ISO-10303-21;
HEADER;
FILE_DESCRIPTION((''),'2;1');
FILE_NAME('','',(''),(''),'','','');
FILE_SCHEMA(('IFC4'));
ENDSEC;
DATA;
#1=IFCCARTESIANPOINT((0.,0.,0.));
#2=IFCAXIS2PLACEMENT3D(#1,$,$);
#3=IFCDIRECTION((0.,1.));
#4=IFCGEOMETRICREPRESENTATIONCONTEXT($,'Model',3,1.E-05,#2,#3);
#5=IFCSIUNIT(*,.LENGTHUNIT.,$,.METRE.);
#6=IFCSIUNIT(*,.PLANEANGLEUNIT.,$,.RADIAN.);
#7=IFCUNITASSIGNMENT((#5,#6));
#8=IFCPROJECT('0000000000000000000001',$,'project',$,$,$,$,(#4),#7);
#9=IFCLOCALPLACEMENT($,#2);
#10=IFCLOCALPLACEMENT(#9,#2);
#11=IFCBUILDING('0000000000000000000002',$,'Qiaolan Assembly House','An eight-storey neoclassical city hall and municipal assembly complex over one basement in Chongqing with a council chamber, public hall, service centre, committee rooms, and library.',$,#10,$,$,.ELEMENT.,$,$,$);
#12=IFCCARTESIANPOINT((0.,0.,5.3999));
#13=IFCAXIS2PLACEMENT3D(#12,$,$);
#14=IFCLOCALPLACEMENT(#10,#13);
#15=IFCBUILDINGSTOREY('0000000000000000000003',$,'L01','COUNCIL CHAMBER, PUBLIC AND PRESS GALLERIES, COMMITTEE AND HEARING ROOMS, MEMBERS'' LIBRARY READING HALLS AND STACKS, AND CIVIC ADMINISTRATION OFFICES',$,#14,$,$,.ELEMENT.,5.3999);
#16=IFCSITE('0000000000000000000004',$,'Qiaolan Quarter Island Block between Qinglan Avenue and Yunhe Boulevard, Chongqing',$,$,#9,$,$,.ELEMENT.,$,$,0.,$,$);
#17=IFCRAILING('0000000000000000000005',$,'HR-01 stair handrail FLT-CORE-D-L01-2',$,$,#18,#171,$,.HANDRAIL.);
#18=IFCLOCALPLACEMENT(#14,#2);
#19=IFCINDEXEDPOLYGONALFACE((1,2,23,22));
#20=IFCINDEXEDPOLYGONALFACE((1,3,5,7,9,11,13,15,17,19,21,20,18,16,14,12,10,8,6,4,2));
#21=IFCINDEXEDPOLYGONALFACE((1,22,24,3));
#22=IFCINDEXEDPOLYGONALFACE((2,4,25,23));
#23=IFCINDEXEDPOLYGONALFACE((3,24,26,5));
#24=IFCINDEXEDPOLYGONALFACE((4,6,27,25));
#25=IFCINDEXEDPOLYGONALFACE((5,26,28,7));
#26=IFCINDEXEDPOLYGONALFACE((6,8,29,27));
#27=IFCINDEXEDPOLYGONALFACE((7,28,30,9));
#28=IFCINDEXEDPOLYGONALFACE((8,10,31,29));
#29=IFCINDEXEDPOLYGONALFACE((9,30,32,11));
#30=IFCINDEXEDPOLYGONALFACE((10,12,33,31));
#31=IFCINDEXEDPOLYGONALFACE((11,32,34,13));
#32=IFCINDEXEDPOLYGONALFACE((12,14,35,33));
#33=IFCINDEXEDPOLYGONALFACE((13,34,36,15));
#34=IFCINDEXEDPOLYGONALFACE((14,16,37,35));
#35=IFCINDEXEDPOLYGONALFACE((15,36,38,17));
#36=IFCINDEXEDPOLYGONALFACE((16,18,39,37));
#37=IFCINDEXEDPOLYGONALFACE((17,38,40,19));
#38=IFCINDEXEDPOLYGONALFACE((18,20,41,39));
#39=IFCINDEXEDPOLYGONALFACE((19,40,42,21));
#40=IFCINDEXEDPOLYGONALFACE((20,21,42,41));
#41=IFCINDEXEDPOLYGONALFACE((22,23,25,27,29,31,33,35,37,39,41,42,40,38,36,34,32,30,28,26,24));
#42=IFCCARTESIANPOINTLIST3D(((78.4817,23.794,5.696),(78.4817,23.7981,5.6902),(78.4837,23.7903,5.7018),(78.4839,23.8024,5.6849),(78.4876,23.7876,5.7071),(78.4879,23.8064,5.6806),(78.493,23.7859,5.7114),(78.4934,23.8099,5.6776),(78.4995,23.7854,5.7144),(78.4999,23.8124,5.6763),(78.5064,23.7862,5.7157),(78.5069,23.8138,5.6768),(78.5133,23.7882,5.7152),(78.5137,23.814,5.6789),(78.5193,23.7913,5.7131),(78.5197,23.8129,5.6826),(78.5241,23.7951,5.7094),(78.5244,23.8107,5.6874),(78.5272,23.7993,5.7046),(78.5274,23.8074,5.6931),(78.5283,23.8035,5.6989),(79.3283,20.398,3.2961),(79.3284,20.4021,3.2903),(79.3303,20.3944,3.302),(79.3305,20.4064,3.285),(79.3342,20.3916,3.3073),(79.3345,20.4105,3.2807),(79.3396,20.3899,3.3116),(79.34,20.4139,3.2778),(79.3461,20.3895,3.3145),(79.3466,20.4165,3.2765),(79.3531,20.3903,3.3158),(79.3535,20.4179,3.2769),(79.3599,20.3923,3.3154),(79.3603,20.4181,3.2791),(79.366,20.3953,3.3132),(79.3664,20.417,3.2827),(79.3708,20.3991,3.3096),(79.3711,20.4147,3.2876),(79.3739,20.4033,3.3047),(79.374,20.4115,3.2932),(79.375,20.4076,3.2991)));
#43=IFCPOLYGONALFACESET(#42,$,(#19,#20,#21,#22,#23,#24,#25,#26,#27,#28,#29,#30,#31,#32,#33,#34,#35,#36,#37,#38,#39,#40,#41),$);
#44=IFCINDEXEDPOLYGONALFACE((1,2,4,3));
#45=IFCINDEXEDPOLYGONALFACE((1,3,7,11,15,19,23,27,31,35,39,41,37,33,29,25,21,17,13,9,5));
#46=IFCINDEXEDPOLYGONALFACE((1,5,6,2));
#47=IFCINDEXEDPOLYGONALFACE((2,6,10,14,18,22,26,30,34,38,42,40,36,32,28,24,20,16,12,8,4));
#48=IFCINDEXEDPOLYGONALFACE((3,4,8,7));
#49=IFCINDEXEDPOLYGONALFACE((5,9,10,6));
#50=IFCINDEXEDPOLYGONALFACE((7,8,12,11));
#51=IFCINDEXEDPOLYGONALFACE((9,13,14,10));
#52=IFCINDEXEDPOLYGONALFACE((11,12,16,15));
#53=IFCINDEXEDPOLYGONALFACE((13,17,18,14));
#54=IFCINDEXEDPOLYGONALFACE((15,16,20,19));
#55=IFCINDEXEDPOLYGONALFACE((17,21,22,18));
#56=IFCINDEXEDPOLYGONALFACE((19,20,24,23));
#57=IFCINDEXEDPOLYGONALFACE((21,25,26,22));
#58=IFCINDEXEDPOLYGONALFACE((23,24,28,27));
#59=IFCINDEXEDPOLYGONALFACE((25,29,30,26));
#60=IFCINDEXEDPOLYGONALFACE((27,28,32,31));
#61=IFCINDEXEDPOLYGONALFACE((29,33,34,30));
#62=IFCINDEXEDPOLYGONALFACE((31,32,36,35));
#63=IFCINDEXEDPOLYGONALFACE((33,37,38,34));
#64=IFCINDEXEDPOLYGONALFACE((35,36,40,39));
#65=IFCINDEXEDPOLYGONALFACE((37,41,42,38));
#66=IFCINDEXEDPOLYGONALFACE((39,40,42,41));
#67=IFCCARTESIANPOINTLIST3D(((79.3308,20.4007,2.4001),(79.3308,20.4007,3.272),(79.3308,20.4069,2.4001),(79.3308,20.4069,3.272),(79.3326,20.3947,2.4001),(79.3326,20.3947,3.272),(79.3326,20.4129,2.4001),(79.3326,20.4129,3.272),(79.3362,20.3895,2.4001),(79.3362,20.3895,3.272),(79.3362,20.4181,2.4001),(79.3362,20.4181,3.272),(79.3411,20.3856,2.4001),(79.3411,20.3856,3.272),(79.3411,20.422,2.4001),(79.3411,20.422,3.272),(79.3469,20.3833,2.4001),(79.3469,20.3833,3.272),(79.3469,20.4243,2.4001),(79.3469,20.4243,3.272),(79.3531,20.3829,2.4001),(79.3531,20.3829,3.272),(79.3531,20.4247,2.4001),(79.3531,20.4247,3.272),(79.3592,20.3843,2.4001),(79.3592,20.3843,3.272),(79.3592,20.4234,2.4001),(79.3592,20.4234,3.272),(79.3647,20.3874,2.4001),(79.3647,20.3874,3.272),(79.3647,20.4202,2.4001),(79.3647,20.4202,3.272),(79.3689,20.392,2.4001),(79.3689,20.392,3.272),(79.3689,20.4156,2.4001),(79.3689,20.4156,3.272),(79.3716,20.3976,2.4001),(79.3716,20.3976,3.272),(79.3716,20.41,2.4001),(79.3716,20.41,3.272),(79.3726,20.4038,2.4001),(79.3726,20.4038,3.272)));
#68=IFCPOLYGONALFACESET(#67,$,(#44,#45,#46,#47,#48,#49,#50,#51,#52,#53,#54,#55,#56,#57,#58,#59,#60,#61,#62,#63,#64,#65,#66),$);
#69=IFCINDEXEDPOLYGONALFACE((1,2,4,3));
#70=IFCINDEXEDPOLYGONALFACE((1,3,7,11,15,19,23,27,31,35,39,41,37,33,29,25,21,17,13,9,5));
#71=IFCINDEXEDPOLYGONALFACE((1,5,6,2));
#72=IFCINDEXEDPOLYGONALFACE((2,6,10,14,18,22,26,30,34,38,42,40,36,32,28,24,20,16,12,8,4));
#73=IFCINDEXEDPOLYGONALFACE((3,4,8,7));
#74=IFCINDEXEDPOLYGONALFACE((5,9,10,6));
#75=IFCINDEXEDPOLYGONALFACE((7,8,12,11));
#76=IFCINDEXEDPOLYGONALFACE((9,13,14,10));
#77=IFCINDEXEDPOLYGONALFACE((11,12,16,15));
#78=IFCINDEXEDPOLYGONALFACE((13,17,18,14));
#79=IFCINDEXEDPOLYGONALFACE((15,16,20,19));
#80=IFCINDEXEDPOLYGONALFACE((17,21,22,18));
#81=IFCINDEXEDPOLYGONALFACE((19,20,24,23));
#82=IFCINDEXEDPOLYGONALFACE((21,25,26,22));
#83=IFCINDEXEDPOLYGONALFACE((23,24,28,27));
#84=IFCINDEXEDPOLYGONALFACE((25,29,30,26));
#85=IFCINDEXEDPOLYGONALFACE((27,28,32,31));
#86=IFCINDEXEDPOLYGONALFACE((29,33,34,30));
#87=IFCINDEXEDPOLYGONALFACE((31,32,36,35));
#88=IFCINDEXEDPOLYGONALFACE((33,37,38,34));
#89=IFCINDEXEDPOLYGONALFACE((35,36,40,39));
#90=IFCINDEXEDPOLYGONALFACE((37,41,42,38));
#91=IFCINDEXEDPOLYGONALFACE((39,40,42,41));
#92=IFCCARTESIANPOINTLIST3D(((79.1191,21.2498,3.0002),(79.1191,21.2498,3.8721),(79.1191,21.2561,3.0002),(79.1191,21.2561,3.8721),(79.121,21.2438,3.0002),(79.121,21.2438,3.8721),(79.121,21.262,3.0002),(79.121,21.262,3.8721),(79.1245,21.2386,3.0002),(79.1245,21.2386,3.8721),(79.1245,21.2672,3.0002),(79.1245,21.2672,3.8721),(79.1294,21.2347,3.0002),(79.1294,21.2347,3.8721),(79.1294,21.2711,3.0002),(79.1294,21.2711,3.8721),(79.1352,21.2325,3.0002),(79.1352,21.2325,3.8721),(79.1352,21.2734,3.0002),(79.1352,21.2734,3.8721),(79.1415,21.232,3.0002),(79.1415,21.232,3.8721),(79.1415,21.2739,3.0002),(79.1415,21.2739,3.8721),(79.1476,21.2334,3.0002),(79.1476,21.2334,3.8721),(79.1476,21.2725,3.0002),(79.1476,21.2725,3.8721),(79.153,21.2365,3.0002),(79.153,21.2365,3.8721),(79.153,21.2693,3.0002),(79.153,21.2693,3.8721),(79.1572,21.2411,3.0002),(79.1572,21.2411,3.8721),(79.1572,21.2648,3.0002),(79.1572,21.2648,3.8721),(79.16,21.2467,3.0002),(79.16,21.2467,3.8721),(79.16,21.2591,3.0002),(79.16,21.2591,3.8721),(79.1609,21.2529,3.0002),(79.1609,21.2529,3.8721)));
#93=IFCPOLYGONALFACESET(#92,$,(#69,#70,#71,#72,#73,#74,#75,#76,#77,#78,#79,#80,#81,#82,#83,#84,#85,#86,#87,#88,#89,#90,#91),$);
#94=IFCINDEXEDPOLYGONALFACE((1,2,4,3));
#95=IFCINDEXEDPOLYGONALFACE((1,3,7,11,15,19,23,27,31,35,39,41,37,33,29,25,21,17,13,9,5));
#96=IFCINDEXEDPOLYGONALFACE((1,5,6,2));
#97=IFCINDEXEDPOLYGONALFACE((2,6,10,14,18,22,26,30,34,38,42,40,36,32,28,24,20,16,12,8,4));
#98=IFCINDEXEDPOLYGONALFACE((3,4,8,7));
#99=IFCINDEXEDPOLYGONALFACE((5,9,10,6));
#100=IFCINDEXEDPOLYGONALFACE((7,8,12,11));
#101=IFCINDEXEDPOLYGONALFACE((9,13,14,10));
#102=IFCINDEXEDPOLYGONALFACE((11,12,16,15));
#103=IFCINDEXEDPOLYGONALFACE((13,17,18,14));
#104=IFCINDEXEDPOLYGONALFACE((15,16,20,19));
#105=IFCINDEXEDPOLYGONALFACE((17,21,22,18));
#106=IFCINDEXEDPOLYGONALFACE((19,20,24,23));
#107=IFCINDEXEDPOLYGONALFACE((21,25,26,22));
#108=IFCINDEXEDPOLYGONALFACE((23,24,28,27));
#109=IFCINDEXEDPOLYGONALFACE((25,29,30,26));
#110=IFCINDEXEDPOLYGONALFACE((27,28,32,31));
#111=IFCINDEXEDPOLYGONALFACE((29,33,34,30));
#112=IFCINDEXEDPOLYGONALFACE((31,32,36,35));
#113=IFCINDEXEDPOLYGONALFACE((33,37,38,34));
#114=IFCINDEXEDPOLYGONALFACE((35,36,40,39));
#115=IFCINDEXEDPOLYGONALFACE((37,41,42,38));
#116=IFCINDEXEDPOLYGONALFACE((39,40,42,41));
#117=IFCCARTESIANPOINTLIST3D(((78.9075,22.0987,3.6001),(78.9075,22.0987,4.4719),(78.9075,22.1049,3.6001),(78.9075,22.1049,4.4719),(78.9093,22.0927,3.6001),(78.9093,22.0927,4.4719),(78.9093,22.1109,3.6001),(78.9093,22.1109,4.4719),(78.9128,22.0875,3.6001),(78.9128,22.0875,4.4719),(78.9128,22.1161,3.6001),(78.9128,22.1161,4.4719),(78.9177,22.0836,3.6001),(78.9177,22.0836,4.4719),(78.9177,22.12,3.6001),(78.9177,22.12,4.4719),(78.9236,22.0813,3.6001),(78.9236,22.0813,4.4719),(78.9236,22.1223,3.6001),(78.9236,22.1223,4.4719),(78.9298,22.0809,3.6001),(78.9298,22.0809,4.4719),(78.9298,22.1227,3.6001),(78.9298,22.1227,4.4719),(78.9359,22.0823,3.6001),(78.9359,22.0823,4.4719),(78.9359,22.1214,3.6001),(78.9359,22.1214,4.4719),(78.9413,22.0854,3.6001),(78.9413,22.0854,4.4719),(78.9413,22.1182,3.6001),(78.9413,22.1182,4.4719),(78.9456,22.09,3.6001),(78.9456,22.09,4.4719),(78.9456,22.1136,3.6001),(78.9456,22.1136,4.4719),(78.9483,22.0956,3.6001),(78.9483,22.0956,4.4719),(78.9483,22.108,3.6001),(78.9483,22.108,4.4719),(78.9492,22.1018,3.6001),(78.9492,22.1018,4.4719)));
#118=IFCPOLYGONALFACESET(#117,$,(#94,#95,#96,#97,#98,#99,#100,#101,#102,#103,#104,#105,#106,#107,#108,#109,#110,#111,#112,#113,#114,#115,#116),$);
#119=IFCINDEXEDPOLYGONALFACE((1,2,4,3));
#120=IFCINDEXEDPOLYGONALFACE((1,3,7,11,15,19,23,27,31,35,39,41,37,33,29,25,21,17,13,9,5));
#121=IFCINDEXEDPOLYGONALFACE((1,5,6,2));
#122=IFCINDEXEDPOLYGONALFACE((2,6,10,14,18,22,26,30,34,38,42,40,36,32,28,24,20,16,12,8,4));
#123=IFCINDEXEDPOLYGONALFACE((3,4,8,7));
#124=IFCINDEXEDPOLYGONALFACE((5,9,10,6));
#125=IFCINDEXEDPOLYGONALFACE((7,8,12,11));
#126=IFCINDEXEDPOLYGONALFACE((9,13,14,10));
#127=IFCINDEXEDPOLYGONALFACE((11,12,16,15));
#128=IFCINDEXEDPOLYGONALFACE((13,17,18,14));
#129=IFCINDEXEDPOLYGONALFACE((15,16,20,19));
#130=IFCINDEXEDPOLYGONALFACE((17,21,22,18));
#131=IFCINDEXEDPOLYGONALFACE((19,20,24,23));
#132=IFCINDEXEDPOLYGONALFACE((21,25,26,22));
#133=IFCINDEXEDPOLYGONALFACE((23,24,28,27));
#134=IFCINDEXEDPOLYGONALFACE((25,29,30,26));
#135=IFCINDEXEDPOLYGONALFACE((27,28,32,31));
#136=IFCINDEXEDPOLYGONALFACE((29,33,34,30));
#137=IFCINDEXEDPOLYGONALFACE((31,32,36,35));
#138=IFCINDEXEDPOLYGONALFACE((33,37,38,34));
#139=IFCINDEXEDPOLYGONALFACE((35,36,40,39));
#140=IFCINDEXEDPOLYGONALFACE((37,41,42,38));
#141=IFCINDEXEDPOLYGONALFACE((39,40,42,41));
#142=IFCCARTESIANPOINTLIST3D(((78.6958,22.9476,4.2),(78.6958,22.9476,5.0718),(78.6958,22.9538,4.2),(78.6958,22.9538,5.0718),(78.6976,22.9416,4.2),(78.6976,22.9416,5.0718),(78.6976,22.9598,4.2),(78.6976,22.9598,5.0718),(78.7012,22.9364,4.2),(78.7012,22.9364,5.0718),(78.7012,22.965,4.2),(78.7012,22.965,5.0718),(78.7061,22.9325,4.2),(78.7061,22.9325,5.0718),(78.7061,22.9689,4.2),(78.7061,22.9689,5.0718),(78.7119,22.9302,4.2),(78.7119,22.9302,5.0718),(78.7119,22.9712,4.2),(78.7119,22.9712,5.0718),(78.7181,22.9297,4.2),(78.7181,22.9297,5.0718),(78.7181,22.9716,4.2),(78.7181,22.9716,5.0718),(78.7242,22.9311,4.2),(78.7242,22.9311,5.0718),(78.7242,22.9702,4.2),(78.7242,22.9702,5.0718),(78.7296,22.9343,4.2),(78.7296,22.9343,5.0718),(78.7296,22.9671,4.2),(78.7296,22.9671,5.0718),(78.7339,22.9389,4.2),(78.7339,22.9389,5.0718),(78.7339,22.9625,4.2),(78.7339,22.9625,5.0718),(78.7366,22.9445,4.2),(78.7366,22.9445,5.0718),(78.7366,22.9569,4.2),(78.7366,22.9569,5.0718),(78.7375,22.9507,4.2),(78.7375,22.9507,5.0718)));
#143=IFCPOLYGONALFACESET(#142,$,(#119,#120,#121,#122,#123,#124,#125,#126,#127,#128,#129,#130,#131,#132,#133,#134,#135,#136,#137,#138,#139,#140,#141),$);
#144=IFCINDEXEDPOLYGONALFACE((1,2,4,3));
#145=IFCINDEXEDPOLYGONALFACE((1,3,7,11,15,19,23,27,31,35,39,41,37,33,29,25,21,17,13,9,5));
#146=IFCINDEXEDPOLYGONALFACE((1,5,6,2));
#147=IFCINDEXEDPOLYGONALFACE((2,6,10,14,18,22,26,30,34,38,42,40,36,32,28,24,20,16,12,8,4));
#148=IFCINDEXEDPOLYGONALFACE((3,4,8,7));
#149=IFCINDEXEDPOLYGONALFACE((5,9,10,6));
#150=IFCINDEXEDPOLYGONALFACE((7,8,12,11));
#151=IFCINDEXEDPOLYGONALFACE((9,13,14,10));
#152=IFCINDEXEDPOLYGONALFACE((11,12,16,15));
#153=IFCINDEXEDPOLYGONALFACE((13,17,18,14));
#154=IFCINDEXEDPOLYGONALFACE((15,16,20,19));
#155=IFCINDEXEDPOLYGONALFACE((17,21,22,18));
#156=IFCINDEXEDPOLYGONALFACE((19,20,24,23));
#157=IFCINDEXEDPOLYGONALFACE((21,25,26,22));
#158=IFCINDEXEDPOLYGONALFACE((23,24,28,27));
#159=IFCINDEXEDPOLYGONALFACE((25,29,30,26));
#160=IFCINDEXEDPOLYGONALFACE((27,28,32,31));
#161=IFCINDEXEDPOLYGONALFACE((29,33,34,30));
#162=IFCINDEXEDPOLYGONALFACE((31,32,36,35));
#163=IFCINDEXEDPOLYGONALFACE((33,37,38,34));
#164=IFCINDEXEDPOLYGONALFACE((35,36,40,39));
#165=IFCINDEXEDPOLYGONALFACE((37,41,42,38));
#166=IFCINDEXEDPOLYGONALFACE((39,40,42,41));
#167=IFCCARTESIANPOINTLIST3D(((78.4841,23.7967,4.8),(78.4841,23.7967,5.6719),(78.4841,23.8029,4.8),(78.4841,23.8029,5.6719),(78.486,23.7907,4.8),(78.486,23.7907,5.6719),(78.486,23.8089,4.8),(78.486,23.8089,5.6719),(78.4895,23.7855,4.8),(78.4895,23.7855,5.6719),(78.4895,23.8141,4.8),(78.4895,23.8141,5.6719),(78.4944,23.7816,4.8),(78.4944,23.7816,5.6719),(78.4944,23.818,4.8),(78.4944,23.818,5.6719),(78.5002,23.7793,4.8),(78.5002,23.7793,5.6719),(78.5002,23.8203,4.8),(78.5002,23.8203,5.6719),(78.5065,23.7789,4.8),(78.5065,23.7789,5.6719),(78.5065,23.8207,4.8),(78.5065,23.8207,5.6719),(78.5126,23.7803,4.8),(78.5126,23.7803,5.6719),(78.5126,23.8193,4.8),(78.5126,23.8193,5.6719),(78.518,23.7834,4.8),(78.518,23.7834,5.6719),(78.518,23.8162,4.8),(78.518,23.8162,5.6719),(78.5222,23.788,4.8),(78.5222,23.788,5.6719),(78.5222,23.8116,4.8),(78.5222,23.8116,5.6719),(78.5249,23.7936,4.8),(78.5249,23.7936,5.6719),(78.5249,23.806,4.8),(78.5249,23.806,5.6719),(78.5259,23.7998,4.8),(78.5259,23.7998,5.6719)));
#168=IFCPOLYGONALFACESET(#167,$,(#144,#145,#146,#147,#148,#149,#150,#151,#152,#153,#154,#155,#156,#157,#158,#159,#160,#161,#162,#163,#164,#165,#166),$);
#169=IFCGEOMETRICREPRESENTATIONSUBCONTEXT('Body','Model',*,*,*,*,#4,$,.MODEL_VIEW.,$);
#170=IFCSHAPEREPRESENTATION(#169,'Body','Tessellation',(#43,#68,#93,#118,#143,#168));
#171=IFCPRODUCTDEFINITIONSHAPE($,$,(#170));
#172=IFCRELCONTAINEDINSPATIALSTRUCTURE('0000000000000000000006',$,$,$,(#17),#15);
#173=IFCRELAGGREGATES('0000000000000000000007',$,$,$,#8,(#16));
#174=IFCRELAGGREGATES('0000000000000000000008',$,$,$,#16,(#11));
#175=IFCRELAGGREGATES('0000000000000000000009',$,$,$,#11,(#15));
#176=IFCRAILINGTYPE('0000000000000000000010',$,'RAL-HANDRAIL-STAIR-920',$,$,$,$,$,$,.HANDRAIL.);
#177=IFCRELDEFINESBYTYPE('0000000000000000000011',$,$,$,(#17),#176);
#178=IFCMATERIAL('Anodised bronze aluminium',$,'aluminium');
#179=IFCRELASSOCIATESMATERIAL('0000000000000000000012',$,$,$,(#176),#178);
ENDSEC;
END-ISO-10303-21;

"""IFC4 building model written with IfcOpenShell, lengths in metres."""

from ifc_helpers import new_model, si_unit, direction, frame, origin, origin_2d, place, context, subcontext, project, spatial, circle, extrude, material, type_object, element, save


model = new_model("IFC4")

# Units and contexts
model_context = context("Model", 3, precision=1e-05, world=origin(), true_north=direction((0.0, 1.0)))
body_context = subcontext(model_context, "Body", "Model", "MODEL_VIEW")
ifc_project = project(units=[si_unit("LENGTHUNIT", "METRE"), si_unit("PLANEANGLEUNIT", "RADIAN")], contexts=[model_context])

# Site, building, storey
site_placement = place(None, origin())
site = spatial("IfcSite", under=ifc_project, at=site_placement, Name="Qiaolan Quarter Island Block between Qinglan Avenue and Yunhe Boulevard, Chongqing", CompositionType="ELEMENT", RefElevation=0.0)
building_placement = place(site_placement, origin())
building = spatial("IfcBuilding", under=site, at=building_placement, Name="Qiaolan Assembly House", Description="An eight-storey neoclassical city hall and municipal assembly complex over one basement in Chongqing with a council chamber, public hall, service centre, committee rooms, and library.", CompositionType="ELEMENT")
storey_placement = place(building_placement, frame((0.0, 0.0, 5.3999)))
storey = spatial("IfcBuildingStorey", under=building, at=storey_placement, Name="L01", Description="COUNCIL CHAMBER, PUBLIC AND PRESS GALLERIES, COMMITTEE AND HEARING ROOMS, MEMBERS' LIBRARY READING HALLS AND STACKS, AND CIVIC ADMINISTRATION OFFICES", CompositionType="ELEMENT", Elevation=5.3999)

# Shared definitions
ifc_material_1 = material(Name="Anodised bronze aluminium", Category="aluminium")

# Railing
railing_type = type_object("IfcRailingType", Name="RAL-HANDRAIL-STAIR-920", PredefinedType="HANDRAIL", material=ifc_material_1)
railing_placement = place(storey_placement, frame((79.3516, 20.4038, 2.4001)))
element("IfcRailing", 1, at=railing_placement, inside=storey, type_object=railing_type, Name="HR-01 stair handrail FLT-CORE-D-L01-2", PredefinedType="HANDRAIL", context=body_context, shape_type="SweptSolid", body=[
    extrude(circle(Radius=0.0239, at=origin_2d()), frame((0.0, 0.0, 0.896), z_axis=(-0.199513, 0.80024, 0.565518), x_axis=(-0.970298, -0.241912, 0.0)), (0.0, 0.0, 1.0), 4.2437),
    extrude(circle(Radius=0.021, at=origin_2d()), origin(), (0.0, 0.0, 1.0), 0.8718),
    extrude(circle(Radius=0.021, at=origin_2d()), frame((-0.2117, 0.8491, 0.6001)), (0.0, 0.0, 1.0), 0.8718),
    extrude(circle(Radius=0.021, at=origin_2d()), frame((-0.4233, 1.698, 1.2)), (0.0, 0.0, 1.0), 0.8718),
    extrude(circle(Radius=0.021, at=origin_2d()), frame((-0.635, 2.5469, 1.7998)), (0.0, 0.0, 1.0), 0.8718),
    extrude(circle(Radius=0.021, at=origin_2d()), frame((-0.8467, 3.396, 2.3999)), (0.0, 0.0, 1.0), 0.8718),
])

save(model, "model.ifc")
